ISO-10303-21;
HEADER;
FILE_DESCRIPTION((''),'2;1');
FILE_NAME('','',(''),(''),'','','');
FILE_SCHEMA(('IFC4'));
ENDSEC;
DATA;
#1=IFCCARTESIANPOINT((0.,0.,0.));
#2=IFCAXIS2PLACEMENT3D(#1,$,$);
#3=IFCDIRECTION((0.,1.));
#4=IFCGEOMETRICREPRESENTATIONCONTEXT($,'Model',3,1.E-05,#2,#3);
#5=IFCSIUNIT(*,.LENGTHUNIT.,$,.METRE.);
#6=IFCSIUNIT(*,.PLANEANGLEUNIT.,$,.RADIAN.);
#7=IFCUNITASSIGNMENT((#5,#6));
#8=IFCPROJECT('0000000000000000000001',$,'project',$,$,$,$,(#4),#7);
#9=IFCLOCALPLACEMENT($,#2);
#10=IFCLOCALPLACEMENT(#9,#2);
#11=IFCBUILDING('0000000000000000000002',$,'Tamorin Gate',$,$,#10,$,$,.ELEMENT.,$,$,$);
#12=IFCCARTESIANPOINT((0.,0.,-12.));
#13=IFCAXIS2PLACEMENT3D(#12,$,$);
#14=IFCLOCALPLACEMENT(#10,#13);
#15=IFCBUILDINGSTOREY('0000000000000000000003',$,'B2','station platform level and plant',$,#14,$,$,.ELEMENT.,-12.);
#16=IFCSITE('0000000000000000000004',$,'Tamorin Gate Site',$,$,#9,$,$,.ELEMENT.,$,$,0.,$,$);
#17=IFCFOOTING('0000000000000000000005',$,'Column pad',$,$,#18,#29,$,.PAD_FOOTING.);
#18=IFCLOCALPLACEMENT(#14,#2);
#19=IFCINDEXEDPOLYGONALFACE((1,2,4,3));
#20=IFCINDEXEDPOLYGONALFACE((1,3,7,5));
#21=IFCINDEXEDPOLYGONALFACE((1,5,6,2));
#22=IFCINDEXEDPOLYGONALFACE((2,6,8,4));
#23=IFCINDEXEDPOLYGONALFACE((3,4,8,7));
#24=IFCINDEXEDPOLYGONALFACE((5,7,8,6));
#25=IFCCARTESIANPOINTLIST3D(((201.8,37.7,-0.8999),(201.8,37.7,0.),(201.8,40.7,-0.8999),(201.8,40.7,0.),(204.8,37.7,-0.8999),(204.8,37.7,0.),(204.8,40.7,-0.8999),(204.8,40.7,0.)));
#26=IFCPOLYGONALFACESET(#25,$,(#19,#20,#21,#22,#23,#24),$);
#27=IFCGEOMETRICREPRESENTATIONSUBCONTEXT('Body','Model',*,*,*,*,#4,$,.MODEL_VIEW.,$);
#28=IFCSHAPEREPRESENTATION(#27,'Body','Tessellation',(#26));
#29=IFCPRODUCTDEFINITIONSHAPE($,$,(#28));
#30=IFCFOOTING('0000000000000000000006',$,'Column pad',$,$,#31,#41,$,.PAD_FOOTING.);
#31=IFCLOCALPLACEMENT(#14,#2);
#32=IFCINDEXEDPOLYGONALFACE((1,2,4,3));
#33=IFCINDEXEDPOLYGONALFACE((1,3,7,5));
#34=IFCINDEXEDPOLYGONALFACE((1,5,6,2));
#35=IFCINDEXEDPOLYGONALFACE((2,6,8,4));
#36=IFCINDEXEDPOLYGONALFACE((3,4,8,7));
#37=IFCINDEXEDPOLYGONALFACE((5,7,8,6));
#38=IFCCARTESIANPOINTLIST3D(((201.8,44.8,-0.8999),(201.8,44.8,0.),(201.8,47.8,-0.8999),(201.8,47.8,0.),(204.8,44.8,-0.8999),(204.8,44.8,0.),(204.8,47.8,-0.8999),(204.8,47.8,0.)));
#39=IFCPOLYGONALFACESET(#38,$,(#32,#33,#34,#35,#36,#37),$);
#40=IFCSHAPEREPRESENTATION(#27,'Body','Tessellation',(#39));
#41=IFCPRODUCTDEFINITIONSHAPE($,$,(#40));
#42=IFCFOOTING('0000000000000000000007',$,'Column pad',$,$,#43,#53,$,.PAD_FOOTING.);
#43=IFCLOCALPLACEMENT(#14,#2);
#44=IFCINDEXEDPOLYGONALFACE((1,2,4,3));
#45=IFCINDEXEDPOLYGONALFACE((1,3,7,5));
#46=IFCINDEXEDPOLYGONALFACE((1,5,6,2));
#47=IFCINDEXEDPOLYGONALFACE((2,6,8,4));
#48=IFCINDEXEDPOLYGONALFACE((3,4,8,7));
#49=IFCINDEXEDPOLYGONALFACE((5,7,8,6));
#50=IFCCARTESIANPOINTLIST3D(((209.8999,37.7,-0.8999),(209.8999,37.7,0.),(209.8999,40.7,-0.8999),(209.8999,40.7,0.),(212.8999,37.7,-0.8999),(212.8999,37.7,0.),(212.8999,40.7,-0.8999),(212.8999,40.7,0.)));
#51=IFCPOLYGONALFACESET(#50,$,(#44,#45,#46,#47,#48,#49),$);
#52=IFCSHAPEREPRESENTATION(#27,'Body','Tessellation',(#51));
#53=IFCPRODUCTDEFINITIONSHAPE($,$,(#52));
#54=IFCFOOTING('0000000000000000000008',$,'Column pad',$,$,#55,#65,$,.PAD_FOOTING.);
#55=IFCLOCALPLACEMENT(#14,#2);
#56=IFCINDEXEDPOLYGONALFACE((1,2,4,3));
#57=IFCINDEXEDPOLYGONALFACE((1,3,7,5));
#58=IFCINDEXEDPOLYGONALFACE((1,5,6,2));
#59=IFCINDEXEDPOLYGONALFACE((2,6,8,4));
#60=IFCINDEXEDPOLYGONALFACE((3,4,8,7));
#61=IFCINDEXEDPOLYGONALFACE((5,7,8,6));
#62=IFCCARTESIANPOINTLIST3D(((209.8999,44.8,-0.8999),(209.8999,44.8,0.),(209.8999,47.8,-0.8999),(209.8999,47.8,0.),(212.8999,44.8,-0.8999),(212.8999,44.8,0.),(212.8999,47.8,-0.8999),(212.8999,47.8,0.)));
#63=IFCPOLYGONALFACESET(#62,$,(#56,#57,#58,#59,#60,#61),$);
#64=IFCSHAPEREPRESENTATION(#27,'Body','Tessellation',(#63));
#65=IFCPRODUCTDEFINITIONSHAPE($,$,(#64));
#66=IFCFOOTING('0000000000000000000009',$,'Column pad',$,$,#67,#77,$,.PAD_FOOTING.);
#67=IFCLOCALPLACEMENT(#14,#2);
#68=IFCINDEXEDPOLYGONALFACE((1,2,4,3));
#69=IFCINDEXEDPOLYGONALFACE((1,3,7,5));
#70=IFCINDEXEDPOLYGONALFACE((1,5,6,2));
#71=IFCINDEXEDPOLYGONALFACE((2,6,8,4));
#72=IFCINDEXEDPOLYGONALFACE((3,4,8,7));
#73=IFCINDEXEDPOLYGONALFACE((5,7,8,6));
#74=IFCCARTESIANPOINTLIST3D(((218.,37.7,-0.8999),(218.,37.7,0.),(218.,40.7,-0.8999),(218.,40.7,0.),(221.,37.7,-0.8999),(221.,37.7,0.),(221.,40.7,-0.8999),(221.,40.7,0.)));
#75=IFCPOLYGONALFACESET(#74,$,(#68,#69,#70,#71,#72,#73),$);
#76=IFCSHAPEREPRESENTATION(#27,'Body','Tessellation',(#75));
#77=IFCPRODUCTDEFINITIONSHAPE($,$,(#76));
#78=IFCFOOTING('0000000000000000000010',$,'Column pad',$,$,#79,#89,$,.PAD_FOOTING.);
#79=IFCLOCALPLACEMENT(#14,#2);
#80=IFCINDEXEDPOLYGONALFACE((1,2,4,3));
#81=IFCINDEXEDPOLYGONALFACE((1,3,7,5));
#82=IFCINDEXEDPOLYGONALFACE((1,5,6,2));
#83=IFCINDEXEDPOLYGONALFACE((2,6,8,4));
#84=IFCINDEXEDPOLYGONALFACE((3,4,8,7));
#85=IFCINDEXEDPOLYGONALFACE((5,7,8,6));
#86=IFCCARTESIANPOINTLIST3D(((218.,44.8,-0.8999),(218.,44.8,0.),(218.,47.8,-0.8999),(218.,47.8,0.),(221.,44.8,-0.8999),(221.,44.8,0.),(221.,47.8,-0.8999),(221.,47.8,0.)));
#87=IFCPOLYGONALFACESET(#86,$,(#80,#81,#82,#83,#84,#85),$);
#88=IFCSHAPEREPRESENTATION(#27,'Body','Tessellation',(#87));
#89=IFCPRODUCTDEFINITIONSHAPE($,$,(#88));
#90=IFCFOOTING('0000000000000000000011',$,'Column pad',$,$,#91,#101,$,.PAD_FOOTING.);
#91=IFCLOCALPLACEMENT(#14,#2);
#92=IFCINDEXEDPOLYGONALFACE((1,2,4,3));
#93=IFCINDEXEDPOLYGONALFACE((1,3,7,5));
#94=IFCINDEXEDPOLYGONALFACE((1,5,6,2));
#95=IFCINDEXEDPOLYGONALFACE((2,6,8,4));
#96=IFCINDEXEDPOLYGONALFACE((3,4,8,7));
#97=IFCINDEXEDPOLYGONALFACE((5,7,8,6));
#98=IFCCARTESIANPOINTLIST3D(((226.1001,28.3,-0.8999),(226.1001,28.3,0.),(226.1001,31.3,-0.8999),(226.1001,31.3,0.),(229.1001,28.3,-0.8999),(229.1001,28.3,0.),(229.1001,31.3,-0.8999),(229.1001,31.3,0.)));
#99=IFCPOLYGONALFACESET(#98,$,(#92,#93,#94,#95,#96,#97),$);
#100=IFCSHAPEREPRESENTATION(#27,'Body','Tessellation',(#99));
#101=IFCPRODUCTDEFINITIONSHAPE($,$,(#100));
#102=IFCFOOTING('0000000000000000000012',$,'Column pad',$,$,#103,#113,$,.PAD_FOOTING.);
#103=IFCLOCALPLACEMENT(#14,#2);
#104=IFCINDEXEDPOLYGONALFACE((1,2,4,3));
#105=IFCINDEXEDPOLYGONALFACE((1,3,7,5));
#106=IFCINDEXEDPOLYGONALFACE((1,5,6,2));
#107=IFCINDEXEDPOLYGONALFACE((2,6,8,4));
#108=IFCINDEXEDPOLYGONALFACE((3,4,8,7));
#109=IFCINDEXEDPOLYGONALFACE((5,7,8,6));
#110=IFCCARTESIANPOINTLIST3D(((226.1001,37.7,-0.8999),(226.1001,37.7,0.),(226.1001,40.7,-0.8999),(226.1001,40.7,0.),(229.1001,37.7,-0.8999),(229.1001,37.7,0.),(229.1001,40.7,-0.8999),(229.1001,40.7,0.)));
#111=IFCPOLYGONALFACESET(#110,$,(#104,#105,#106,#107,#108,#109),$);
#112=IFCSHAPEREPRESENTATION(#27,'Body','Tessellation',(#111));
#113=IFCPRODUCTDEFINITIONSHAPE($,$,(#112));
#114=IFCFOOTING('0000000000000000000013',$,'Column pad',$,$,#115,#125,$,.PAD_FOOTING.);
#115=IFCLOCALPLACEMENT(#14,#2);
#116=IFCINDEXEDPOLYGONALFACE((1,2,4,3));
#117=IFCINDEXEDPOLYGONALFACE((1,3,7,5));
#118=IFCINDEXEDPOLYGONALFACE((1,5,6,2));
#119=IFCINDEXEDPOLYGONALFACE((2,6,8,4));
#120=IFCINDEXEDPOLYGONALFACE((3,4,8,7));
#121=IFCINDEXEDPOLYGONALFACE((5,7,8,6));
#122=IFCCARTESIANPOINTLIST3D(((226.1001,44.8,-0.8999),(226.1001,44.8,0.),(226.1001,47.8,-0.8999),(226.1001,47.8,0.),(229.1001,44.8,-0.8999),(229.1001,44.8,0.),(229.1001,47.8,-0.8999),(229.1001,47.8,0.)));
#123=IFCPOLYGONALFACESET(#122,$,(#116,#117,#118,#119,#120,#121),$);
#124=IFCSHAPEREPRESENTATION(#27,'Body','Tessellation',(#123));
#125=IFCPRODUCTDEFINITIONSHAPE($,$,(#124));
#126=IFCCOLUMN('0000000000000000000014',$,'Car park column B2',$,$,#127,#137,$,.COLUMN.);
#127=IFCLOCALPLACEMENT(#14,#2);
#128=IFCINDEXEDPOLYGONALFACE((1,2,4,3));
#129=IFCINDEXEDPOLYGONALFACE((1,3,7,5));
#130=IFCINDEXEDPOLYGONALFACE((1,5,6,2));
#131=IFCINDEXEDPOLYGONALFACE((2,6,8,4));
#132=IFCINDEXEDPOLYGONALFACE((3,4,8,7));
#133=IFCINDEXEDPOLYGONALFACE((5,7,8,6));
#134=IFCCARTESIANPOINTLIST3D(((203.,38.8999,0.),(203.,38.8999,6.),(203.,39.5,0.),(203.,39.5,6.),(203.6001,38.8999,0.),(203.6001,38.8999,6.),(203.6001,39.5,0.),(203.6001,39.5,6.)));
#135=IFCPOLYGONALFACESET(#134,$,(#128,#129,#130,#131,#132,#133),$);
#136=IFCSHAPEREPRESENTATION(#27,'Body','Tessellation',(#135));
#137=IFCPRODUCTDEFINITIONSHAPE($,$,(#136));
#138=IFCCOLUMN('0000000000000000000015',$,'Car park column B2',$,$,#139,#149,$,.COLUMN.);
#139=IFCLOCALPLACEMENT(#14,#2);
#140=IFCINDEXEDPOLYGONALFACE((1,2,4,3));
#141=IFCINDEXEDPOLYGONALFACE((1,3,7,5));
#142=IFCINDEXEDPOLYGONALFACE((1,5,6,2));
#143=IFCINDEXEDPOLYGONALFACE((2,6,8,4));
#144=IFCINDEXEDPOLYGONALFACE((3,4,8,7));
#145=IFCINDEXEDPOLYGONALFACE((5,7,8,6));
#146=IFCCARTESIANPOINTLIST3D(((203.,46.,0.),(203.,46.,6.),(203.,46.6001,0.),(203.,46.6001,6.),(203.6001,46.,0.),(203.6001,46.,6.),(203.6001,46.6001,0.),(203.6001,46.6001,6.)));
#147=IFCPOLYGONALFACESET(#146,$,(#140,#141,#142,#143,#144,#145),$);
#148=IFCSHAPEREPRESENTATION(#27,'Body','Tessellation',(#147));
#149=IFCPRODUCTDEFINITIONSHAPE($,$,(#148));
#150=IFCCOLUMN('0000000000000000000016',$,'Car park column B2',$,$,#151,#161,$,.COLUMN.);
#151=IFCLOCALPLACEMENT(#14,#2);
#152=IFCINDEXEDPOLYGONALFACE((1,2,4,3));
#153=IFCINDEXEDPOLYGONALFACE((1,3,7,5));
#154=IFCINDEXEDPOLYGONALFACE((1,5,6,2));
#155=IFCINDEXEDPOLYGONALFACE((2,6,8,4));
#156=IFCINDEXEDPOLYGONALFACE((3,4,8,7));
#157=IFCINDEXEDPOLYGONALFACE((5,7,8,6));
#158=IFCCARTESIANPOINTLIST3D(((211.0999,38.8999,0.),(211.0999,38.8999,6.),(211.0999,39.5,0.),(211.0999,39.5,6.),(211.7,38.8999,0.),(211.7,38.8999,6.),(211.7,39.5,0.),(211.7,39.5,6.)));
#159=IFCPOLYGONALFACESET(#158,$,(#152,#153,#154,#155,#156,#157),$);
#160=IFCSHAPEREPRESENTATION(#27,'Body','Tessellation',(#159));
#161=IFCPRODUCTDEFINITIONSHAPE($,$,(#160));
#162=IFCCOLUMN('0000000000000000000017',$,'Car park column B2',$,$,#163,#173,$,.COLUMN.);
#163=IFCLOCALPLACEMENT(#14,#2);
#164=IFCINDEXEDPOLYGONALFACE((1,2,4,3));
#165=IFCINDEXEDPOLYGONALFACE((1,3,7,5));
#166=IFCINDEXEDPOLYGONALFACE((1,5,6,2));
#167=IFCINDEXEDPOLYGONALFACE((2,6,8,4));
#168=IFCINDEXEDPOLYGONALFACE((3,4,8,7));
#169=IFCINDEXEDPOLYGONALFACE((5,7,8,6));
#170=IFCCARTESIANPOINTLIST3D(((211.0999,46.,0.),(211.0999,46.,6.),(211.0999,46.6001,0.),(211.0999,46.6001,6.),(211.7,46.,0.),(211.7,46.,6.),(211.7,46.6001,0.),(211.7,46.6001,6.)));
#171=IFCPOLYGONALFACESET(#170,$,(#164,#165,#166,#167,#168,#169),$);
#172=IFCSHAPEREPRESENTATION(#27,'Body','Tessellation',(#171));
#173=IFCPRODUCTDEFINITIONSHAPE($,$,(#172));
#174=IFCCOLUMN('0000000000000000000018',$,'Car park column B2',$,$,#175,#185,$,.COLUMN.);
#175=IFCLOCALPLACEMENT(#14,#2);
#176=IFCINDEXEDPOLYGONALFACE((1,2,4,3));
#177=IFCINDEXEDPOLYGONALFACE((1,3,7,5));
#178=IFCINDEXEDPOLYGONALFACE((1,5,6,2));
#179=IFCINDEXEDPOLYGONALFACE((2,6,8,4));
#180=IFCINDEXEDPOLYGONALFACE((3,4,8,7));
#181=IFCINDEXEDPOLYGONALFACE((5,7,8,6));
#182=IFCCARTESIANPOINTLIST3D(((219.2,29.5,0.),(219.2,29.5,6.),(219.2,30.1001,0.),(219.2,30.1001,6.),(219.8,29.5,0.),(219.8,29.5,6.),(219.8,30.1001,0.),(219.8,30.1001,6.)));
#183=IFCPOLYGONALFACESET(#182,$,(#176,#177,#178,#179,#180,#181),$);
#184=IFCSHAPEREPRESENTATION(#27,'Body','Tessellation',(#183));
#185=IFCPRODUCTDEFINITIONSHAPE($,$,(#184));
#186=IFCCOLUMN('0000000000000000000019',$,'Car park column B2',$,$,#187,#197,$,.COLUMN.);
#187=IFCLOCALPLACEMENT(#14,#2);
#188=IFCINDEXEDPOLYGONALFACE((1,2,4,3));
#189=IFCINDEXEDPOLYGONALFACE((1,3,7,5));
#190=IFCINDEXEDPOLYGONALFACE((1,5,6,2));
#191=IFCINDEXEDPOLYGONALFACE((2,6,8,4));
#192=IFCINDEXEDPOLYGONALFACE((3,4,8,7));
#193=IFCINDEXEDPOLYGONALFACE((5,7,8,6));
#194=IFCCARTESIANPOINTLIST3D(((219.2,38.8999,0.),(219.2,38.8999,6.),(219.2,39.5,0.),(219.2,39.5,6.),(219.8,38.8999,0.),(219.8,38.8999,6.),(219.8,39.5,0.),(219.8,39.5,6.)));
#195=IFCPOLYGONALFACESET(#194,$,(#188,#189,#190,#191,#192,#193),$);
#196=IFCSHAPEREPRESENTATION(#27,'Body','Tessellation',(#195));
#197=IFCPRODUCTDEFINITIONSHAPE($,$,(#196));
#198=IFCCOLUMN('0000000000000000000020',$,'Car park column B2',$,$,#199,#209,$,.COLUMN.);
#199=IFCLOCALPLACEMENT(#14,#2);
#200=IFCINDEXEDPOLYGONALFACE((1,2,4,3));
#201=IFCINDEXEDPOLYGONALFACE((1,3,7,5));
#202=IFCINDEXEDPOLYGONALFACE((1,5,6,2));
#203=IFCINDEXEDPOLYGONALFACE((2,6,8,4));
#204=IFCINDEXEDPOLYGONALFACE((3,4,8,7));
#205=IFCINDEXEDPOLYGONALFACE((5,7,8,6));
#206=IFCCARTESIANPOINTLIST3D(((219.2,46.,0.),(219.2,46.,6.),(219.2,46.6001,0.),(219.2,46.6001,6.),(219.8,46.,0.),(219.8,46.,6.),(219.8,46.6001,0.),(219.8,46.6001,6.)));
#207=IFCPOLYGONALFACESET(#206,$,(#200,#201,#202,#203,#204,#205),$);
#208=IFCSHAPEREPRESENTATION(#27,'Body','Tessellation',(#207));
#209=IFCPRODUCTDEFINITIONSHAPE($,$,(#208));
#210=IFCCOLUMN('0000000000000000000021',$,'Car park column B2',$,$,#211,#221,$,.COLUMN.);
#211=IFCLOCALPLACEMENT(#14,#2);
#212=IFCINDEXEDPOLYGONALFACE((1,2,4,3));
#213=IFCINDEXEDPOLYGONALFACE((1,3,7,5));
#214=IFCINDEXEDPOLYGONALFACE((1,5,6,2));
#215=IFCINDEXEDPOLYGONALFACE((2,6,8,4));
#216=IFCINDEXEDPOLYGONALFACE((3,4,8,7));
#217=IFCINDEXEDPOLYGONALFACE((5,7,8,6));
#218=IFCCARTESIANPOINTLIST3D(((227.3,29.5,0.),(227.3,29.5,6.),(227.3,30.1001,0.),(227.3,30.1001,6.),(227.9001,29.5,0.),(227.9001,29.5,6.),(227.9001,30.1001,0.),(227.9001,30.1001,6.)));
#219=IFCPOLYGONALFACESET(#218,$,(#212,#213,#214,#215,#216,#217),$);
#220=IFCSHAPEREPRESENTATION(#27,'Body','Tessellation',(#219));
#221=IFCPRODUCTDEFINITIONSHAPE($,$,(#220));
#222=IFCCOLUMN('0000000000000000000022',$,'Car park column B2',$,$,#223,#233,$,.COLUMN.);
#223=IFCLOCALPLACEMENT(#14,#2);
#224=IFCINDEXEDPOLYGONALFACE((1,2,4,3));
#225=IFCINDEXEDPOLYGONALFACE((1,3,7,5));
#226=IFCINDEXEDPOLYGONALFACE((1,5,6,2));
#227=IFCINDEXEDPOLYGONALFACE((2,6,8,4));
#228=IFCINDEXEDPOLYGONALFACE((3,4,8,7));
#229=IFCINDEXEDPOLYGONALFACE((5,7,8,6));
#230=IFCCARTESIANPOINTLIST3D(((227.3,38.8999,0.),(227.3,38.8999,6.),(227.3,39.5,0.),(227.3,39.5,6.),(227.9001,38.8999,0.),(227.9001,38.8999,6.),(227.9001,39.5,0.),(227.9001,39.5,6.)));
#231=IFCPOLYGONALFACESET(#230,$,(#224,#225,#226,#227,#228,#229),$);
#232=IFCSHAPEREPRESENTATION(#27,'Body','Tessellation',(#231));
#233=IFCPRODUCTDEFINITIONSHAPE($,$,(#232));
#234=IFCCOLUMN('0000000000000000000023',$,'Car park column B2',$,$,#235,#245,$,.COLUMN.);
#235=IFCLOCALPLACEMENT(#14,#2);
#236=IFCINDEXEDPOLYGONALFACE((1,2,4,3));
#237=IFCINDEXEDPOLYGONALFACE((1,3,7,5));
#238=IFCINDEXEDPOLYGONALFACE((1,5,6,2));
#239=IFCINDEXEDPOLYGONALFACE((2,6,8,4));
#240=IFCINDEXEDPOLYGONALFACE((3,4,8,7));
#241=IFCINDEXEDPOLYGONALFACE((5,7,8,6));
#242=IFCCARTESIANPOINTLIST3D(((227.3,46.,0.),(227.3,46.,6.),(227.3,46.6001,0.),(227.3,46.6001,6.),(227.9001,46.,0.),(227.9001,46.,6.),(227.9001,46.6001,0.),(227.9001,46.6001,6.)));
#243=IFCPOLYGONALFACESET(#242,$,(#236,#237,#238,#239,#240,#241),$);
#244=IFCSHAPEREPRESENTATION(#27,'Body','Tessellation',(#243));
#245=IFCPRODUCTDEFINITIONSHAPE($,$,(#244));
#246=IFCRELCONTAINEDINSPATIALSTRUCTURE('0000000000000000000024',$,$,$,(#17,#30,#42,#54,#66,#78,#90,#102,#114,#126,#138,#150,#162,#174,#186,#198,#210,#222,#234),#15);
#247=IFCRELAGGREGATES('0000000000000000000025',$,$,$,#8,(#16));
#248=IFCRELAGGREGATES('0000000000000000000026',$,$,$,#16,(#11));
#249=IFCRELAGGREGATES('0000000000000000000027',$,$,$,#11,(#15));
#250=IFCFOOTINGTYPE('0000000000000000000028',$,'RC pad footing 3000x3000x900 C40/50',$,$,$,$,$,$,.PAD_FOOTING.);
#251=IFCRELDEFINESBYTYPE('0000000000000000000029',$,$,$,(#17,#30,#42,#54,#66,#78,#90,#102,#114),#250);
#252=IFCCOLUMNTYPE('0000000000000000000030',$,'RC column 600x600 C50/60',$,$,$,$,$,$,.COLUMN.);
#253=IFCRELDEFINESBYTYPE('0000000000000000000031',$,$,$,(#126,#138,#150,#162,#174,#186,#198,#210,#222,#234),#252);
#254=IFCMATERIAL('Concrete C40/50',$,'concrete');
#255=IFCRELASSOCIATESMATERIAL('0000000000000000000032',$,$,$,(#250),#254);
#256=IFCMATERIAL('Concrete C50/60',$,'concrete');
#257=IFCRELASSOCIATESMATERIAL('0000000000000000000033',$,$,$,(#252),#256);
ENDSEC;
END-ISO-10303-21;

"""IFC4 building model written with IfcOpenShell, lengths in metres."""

from ifc_helpers import new_model, si_unit, direction, frame, origin, origin_2d, place, context, subcontext, project, spatial, rectangle, extrude, material, material_profile, profile_set, type_object, element, save


model = new_model("IFC4")

# Units and contexts
model_context = context("Model", 3, precision=1e-05, world=origin(), true_north=direction((0.0, 1.0)))
body_context = subcontext(model_context, "Body", "Model", "MODEL_VIEW")
ifc_project = project(units=[si_unit("LENGTHUNIT", "METRE"), si_unit("PLANEANGLEUNIT", "RADIAN")], contexts=[model_context])

# Site, building, storey
site_placement = place(None, origin())
site = spatial("IfcSite", under=ifc_project, at=site_placement, Name="Tamorin Gate Site", CompositionType="ELEMENT", RefElevation=0.0)
building_placement = place(site_placement, origin())
building = spatial("IfcBuilding", under=site, at=building_placement, Name="Tamorin Gate", CompositionType="ELEMENT")
storey_placement = place(building_placement, frame((0.0, 0.0, -12.0)))
storey = spatial("IfcBuildingStorey", under=building, at=storey_placement, Name="B2", Description="station platform level and plant", CompositionType="ELEMENT", Elevation=-12.0)

# Footings
ifc_material_1 = material(Name="Concrete C40/50", Category="concrete")
footing_type = type_object("IfcFootingType", Name="RC pad footing 3000x3000x900 C40/50", PredefinedType="PAD_FOOTING", material=ifc_material_1)
for number, where, z_axis, x_axis, name in (
    (1, (203.3, 39.2, -0.8999), (0.0, 0.0, 1.0), (1.0, 0.0, 0.0), "Column pad"),
    (2, (203.3, 46.3, -0.8999), (0.0, 0.0, 1.0), (1.0, 0.0, 0.0), "Column pad"),
    (3, (211.3999, 39.2, -0.8999), (0.0, 0.0, 1.0), (1.0, 0.0, 0.0), "Column pad"),
    (4, (211.3999, 46.3, -0.8999), (0.0, 0.0, 1.0), (1.0, 0.0, 0.0), "Column pad"),
    (5, (219.5, 39.2, -0.8999), (0.0, 0.0, 1.0), (1.0, 0.0, 0.0), "Column pad"),
    (6, (219.5, 46.3, -0.8999), (0.0, 0.0, 1.0), (1.0, 0.0, 0.0), "Column pad"),
    (7, (227.6001, 29.8, -0.8999), (0.0, 0.0, 1.0), (1.0, 0.0, 0.0), "Column pad"),
    (8, (227.6001, 39.2, -0.8999), (0.0, 0.0, 1.0), (1.0, 0.0, 0.0), "Column pad"),
    (9, (227.6001, 46.3, -0.8999), (0.0, 0.0, 1.0), (1.0, 0.0, 0.0), "Column pad"),
):
    element("IfcFooting", number, at=place(storey_placement, frame(where, z_axis=z_axis, x_axis=x_axis)), inside=storey, type_object=footing_type, Name=name, PredefinedType="PAD_FOOTING", context=body_context, shape_type="SweptSolid", body=[
        extrude(rectangle(XDim=3.0, YDim=3.0, at=origin_2d()), origin(), (0.0, 0.0, 1.0), 0.8999),
    ])

# Columns
ifc_material_2 = material(Name="Concrete C50/60", Category="concrete")
ifc_material_profile = material_profile(ifc_material_2, rectangle(XDim=0.6001, YDim=0.6001, at=origin_2d()))
ifc_profile_set = profile_set([ifc_material_profile], Name="Concrete C50/60")
column_type = type_object("IfcColumnType", Name="RC column 600x600 C50/60", PredefinedType="COLUMN", material=ifc_profile_set)
for number, where, z_axis, x_axis, name in (
    (10, (203.3, 39.2, 0.0), (0.0, 0.0, 1.0), (1.0, 0.0, 0.0), "Car park column B2"),
    (11, (203.3, 46.3, 0.0), (0.0, 0.0, 1.0), (1.0, 0.0, 0.0), "Car park column B2"),
    (12, (211.3999, 39.2, 0.0), (0.0, 0.0, 1.0), (1.0, 0.0, 0.0), "Car park column B2"),
    (13, (211.3999, 46.3, 0.0), (0.0, 0.0, 1.0), (1.0, 0.0, 0.0), "Car park column B2"),
    (14, (219.5, 29.8, 0.0), (0.0, 0.0, 1.0), (1.0, 0.0, 0.0), "Car park column B2"),
    (15, (219.5, 39.2, 0.0), (0.0, 0.0, 1.0), (1.0, 0.0, 0.0), "Car park column B2"),
    (16, (219.5, 46.3, 0.0), (0.0, 0.0, 1.0), (1.0, 0.0, 0.0), "Car park column B2"),
    (17, (227.6001, 29.8, 0.0), (0.0, 0.0, 1.0), (1.0, 0.0, 0.0), "Car park column B2"),
    (18, (227.6001, 39.2, 0.0), (0.0, 0.0, 1.0), (1.0, 0.0, 0.0), "Car park column B2"),
    (19, (227.6001, 46.3, 0.0), (0.0, 0.0, 1.0), (1.0, 0.0, 0.0), "Car park column B2"),
):
    element("IfcColumn", number, at=place(storey_placement, frame(where, z_axis=z_axis, x_axis=x_axis)), inside=storey, type_object=column_type, Name=name, PredefinedType="COLUMN", context=body_context, shape_type="SweptSolid", body=[
        extrude(rectangle(XDim=0.6001, YDim=0.6001, at=origin_2d()), origin(), (0.0, 0.0, 1.0), 6.0),
    ])

save(model, "model.ifc")
